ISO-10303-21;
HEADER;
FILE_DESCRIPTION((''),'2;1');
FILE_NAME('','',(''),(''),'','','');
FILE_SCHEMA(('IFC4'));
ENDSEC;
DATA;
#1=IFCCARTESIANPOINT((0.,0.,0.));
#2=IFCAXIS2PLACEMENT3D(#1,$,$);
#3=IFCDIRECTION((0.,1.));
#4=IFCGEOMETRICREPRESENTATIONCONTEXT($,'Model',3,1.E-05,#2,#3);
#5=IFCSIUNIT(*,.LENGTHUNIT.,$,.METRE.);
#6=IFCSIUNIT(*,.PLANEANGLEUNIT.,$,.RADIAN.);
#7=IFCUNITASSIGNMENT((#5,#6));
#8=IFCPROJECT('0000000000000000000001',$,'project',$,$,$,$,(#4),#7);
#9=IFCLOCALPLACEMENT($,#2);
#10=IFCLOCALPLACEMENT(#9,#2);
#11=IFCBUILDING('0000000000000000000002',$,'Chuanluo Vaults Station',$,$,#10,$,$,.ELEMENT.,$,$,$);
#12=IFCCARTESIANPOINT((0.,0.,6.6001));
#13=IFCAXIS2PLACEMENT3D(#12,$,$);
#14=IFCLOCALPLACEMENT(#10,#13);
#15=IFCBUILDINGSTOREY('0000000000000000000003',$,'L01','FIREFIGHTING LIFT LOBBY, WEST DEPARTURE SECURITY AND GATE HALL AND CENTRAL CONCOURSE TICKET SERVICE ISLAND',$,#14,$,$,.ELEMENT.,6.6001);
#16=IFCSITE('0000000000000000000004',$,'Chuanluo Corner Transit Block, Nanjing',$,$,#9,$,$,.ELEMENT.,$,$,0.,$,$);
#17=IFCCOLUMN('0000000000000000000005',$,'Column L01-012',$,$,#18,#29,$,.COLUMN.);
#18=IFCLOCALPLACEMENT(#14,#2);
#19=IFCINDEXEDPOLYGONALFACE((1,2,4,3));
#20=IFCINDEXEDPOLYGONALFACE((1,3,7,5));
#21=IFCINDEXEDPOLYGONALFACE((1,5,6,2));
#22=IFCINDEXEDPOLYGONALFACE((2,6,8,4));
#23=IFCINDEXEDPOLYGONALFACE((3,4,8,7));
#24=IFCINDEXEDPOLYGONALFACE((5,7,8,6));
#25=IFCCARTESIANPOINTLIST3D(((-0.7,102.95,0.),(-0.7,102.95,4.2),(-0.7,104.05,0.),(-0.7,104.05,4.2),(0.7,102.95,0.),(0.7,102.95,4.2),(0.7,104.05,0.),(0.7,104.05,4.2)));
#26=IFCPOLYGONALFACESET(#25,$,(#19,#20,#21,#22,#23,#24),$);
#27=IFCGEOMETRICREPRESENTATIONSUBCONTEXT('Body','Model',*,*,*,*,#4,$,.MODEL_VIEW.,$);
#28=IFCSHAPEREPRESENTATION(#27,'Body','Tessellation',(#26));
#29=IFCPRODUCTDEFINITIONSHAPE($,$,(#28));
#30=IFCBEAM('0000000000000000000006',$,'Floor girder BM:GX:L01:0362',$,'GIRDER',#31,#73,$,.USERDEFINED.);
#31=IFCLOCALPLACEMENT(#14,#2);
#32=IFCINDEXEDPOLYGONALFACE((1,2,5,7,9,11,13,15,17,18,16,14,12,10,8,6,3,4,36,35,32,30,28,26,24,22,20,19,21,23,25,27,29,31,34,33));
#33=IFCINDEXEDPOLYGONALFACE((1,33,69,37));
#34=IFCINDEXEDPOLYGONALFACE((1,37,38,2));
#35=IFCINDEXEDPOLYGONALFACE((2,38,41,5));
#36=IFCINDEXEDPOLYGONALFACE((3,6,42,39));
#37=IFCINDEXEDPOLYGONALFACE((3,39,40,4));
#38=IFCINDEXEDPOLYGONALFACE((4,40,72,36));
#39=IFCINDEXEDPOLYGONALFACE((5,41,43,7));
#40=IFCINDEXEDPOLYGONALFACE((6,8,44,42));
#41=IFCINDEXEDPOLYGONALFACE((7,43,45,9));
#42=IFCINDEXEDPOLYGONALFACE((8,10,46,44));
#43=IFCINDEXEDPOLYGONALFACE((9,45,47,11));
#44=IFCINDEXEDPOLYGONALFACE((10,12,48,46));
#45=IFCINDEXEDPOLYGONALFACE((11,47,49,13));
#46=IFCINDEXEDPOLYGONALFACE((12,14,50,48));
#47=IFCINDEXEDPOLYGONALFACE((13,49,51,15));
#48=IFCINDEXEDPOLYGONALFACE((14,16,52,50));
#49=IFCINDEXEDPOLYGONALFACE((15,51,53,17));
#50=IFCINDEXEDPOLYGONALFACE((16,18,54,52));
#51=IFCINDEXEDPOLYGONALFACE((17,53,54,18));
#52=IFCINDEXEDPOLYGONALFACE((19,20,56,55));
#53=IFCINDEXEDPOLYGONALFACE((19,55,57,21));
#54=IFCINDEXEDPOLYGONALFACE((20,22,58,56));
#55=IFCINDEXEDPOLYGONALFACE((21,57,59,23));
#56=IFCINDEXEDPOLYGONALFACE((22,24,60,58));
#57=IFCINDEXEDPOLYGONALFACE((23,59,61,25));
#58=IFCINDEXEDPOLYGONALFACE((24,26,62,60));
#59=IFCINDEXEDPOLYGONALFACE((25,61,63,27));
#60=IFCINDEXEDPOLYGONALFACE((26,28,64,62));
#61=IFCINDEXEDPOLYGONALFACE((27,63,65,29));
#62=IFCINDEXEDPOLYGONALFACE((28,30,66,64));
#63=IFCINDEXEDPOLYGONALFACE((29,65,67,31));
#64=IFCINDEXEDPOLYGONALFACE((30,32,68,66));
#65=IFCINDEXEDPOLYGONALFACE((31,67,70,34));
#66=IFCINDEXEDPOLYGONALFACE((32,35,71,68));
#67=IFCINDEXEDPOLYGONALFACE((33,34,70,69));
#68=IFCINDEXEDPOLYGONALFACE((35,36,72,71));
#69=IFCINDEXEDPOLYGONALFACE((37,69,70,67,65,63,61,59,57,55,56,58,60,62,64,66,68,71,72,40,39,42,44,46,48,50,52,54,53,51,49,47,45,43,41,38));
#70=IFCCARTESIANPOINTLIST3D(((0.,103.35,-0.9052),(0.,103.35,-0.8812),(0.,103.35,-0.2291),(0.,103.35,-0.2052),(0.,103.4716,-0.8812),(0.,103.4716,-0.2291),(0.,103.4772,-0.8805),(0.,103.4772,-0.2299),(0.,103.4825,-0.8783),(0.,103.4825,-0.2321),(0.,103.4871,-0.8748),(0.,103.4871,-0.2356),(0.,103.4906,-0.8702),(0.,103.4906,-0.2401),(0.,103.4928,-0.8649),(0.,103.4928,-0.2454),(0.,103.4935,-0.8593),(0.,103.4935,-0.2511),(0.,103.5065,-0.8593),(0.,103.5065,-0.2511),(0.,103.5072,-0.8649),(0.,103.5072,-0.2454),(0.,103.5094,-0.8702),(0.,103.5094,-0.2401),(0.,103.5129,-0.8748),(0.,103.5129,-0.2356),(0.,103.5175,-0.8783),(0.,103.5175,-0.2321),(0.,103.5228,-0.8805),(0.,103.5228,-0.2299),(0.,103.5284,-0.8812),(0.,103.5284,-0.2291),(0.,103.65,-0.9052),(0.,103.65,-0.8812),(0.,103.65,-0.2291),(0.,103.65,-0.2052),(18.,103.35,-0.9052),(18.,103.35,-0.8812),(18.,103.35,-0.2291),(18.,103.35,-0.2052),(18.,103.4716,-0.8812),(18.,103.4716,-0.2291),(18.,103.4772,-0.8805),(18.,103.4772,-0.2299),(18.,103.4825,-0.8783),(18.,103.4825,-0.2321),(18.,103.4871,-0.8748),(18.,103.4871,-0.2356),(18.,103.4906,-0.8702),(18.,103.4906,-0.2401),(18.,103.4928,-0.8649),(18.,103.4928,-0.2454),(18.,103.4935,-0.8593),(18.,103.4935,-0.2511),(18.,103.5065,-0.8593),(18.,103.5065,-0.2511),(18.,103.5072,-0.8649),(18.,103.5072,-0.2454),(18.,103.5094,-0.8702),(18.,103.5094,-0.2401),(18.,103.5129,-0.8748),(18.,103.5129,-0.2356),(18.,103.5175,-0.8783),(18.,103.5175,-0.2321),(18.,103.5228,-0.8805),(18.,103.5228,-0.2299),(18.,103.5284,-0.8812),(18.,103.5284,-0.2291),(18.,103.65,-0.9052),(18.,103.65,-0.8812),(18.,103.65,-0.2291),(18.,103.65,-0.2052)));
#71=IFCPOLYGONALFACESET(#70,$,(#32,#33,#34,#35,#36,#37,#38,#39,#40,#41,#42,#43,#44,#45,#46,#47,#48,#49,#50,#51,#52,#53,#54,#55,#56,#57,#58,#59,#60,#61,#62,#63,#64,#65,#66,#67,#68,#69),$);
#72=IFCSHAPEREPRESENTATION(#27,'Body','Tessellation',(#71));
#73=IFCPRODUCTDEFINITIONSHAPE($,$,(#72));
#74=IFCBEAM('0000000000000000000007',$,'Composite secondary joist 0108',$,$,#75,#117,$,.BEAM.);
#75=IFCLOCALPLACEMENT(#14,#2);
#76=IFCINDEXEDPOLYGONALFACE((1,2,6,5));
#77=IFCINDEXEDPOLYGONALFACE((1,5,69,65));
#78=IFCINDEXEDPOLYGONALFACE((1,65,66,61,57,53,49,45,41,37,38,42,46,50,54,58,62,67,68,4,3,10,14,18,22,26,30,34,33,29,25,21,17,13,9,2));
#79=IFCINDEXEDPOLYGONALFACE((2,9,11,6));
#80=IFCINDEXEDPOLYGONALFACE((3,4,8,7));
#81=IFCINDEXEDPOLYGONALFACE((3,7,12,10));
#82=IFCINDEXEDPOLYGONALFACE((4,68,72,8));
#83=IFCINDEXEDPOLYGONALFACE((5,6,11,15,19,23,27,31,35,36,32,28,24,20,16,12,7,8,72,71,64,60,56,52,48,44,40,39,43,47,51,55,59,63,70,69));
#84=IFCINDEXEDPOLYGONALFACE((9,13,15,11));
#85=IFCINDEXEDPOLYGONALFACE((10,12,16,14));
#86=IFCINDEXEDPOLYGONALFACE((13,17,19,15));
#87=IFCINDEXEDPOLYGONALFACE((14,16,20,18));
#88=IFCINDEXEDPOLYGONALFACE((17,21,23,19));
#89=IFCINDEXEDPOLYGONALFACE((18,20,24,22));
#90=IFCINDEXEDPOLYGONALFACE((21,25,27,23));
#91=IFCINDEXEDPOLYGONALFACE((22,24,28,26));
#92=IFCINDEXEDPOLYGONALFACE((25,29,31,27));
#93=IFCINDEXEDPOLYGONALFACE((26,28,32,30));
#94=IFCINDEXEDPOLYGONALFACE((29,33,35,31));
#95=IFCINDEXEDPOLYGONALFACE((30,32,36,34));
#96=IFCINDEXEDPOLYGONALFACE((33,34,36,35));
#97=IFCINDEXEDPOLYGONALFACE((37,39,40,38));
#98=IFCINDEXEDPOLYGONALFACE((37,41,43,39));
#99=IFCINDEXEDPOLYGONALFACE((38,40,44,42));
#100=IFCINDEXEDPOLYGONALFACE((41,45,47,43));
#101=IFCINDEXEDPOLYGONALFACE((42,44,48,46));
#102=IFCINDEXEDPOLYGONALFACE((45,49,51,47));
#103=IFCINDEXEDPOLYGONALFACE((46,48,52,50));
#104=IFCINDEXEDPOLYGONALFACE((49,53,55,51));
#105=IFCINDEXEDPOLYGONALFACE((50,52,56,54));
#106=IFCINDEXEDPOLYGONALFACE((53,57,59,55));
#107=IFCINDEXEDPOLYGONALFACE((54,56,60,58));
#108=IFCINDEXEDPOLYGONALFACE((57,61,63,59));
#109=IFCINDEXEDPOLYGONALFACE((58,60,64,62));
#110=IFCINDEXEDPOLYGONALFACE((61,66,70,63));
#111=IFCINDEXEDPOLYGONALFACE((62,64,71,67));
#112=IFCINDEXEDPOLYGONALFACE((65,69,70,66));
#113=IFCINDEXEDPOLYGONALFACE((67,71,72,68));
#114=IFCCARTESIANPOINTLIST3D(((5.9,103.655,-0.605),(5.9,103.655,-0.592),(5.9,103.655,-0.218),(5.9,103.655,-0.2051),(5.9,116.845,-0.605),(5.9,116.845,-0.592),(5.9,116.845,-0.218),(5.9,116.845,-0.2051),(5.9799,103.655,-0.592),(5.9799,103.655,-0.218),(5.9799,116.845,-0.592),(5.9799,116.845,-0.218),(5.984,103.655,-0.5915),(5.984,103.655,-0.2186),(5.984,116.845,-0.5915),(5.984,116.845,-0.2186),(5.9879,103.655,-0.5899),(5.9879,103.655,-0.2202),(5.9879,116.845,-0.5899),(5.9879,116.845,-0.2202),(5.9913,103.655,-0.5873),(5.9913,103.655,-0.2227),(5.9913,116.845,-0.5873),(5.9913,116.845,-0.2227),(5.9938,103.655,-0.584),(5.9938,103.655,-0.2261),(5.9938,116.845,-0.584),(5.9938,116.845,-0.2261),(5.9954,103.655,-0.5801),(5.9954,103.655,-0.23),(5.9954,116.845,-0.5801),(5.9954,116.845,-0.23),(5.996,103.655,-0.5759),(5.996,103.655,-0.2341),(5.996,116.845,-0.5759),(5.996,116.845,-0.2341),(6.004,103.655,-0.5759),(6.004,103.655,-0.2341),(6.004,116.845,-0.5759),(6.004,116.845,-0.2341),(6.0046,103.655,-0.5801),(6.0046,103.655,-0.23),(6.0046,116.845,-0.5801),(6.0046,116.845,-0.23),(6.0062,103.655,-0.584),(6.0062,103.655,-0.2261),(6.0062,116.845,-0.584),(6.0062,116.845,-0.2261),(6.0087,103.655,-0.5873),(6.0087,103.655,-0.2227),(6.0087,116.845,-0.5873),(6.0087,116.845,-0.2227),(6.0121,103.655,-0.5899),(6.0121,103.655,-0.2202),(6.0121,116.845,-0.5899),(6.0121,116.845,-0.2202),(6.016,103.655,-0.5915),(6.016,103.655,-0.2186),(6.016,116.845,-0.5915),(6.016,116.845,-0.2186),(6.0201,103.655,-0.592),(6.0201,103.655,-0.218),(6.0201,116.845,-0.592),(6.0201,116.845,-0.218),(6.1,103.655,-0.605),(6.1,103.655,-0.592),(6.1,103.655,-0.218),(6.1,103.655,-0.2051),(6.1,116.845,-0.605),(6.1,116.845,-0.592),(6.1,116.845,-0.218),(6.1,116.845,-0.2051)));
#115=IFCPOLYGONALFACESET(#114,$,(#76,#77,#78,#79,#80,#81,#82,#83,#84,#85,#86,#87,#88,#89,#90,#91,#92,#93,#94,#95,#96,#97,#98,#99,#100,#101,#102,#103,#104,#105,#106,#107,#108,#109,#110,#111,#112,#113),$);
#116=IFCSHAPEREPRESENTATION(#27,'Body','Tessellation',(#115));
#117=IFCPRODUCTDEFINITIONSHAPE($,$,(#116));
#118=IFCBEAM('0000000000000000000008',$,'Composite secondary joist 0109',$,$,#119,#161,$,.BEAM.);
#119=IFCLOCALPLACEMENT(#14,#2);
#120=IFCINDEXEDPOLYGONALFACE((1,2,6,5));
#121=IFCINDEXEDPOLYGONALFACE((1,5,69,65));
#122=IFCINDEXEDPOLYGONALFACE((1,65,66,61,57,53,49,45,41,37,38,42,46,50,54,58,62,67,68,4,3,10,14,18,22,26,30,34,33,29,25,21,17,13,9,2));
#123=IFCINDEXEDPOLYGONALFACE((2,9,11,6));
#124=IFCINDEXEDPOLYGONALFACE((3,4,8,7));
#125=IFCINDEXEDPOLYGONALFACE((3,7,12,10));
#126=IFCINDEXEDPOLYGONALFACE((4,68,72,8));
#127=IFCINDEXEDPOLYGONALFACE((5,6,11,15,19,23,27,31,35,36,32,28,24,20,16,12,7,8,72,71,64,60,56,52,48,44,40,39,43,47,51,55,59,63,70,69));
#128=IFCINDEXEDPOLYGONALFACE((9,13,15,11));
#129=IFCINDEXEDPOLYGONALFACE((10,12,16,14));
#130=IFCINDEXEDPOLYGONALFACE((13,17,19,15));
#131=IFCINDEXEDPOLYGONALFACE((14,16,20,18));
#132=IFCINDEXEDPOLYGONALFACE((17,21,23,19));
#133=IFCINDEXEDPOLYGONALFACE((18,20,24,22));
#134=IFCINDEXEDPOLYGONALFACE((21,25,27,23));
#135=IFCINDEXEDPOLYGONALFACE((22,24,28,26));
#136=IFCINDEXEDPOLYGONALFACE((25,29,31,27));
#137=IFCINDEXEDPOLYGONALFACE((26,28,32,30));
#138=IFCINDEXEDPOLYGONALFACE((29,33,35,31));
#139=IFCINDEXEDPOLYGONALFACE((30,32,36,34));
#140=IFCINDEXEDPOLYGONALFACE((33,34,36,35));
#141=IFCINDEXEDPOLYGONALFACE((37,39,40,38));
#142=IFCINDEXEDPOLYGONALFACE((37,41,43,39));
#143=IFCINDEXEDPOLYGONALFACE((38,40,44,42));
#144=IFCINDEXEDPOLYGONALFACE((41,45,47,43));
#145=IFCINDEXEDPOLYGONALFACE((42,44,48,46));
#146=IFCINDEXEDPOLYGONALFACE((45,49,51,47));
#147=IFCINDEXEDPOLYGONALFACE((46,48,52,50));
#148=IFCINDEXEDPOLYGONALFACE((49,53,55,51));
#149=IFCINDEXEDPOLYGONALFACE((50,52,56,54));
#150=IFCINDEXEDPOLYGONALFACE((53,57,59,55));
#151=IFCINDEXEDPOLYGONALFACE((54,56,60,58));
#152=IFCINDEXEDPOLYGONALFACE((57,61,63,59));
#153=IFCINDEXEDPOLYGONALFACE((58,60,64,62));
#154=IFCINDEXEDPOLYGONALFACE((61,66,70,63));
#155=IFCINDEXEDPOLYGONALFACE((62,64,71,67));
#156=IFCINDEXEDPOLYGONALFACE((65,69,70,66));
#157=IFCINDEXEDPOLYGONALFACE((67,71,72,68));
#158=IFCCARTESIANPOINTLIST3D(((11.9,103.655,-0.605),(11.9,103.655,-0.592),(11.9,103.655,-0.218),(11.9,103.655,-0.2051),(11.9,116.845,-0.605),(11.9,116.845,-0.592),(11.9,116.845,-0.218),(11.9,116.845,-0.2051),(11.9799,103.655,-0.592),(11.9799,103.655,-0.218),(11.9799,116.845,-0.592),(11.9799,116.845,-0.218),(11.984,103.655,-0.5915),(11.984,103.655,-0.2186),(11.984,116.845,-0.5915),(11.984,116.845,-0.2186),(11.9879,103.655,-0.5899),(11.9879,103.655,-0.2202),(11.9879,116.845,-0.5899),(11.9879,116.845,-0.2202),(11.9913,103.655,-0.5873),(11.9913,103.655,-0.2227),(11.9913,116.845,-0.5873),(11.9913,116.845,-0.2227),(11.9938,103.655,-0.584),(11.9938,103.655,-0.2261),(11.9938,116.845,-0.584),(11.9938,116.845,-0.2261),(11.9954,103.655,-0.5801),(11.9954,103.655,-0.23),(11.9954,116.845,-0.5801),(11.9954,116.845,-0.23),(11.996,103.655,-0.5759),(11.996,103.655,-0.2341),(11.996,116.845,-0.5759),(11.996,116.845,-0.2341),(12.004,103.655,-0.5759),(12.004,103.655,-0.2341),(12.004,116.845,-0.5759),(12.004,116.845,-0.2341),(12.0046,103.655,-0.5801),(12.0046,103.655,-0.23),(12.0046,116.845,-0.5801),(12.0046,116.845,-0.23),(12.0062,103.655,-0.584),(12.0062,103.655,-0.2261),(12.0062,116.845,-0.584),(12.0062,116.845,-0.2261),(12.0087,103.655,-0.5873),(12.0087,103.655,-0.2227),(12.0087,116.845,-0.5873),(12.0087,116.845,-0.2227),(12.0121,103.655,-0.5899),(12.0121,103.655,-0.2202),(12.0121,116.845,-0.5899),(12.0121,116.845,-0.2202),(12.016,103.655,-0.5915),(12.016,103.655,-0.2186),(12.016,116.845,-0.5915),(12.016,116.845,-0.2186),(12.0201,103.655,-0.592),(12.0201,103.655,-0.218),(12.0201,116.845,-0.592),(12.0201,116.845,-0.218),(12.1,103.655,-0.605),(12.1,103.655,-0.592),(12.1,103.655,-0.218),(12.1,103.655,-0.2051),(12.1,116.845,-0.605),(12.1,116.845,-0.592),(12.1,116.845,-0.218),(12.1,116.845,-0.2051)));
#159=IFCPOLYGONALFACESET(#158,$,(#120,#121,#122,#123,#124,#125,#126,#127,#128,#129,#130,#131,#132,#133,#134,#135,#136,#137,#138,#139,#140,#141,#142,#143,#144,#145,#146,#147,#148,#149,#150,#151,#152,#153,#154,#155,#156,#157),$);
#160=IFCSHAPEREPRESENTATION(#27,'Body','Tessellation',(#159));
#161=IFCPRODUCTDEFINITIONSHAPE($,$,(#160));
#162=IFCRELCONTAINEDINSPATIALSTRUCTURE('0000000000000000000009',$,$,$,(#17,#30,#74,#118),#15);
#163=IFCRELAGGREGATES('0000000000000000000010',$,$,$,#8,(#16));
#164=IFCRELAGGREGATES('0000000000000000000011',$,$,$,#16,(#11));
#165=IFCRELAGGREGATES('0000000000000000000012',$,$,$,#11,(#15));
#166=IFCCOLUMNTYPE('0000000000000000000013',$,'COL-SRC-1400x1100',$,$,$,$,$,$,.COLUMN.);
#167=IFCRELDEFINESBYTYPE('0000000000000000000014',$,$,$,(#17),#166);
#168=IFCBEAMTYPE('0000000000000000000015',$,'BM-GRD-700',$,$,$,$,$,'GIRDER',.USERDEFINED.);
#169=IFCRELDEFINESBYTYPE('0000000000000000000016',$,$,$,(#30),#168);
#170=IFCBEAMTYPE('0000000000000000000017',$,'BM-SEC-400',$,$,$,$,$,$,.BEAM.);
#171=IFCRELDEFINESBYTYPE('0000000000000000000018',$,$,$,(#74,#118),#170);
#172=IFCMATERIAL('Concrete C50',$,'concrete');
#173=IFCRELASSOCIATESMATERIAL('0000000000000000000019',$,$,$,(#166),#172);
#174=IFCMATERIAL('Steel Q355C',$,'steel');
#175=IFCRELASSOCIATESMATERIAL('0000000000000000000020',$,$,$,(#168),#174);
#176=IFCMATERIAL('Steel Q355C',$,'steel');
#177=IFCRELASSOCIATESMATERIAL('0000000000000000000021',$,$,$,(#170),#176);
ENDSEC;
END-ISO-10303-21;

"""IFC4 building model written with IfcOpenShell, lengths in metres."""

from ifc_helpers import new_model, si_unit, direction, frame, origin, origin_2d, place, context, subcontext, project, spatial, rectangle, i_section, extrude, material, material_profile, profile_set, type_object, element, save


model = new_model("IFC4")

# Units and contexts
model_context = context("Model", 3, precision=1e-05, world=origin(), true_north=direction((0.0, 1.0)))
body_context = subcontext(model_context, "Body", "Model", "MODEL_VIEW")
ifc_project = project(units=[si_unit("LENGTHUNIT", "METRE"), si_unit("PLANEANGLEUNIT", "RADIAN")], contexts=[model_context])

# Site, building, storey
site_placement = place(None, origin())
site = spatial("IfcSite", under=ifc_project, at=site_placement, Name="Chuanluo Corner Transit Block, Nanjing", CompositionType="ELEMENT", RefElevation=0.0)
building_placement = place(site_placement, origin())
building = spatial("IfcBuilding", under=site, at=building_placement, Name="Chuanluo Vaults Station", CompositionType="ELEMENT")
storey_placement = place(building_placement, frame((0.0, 0.0, 6.6001)))
storey = spatial("IfcBuildingStorey", under=building, at=storey_placement, Name="L01", Description="FIREFIGHTING LIFT LOBBY, WEST DEPARTURE SECURITY AND GATE HALL AND CENTRAL CONCOURSE TICKET SERVICE ISLAND", CompositionType="ELEMENT", Elevation=6.6001)

# Column
ifc_material_1 = material(Name="Concrete C50", Category="concrete")
ifc_material_profile_1 = material_profile(ifc_material_1, rectangle(XDim=1.3999, YDim=1.1001, at=origin_2d()))
ifc_profile_set_1 = profile_set([ifc_material_profile_1], Name="Concrete C50")
column_type = type_object("IfcColumnType", Name="COL-SRC-1400x1100", PredefinedType="COLUMN", material=ifc_profile_set_1)
column_placement = place(storey_placement, frame((0.0, 103.5, 0.0), z_axis=(0.0, 0.0, 1.0), x_axis=(1.0, 0.0, 0.0)))
element("IfcColumn", 1, at=column_placement, inside=storey, type_object=column_type, Name="Column L01-012", PredefinedType="COLUMN", context=body_context, shape_type="SweptSolid", body=[
    extrude(rectangle(XDim=1.3999, YDim=1.1001, at=origin_2d()), origin(), (0.0, 0.0, 1.0), 4.2),
])

# Beams
ifc_material_2 = material(Name="Steel Q355C", Category="steel")
ifc_material_profile_2 = material_profile(ifc_material_2, i_section(OverallWidth=0.3, OverallDepth=0.7, WebThickness=0.0129, FlangeThickness=0.0239, FilletRadius=0.022, at=origin_2d()))
ifc_profile_set_2 = profile_set([ifc_material_profile_2], Name="Steel Q355C")
beam_type_1 = type_object("IfcBeamType", Name="BM-GRD-700", ElementType="GIRDER", PredefinedType="USERDEFINED", material=ifc_profile_set_2)
beam_1_placement = place(storey_placement, frame((0.0, 103.5, -0.5552), z_axis=(1.0, 0.0, 0.0), x_axis=(0.0, 1.0, 0.0)))
element("IfcBeam", 2, at=beam_1_placement, inside=storey, type_object=beam_type_1, Name="Floor girder BM:GX:L01:0362", ObjectType="GIRDER", PredefinedType="USERDEFINED", context=body_context, shape_type="SweptSolid", body=[
    extrude(i_section(OverallWidth=0.3, OverallDepth=0.7, WebThickness=0.0129, FlangeThickness=0.0239, FilletRadius=0.022, at=origin_2d()), origin(), (0.0, 0.0, 1.0), 18.0),
])
ifc_material_3 = material(Name="Steel Q355C", Category="steel")
ifc_material_profile_3 = material_profile(ifc_material_3, i_section(OverallWidth=0.2, OverallDepth=0.3999, WebThickness=0.0081, FlangeThickness=0.0129, FilletRadius=0.0161, at=origin_2d()))
ifc_profile_set_3 = profile_set([ifc_material_profile_3], Name="Steel Q355C")
beam_type_2 = type_object("IfcBeamType", Name="BM-SEC-400", PredefinedType="BEAM", material=ifc_profile_set_3)
for number, where, z_axis, x_axis, name in (
    (3, (6.0, 103.655, -0.405), (0.0, 1.0, 0.0), (-1.0, 0.0, 0.0), "Composite secondary joist 0108"),
    (4, (12.0, 103.655, -0.405), (0.0, 1.0, 0.0), (-1.0, 0.0, 0.0), "Composite secondary joist 0109"),
):
    element("IfcBeam", number, at=place(storey_placement, frame(where, z_axis=z_axis, x_axis=x_axis)), inside=storey, type_object=beam_type_2, Name=name, PredefinedType="BEAM", context=body_context, shape_type="SweptSolid", body=[
        extrude(i_section(OverallWidth=0.2, OverallDepth=0.3999, WebThickness=0.0081, FlangeThickness=0.0129, FilletRadius=0.0161, at=origin_2d()), origin(), (0.0, 0.0, 1.0), 13.1899),
    ])

save(model, "model.ifc")
